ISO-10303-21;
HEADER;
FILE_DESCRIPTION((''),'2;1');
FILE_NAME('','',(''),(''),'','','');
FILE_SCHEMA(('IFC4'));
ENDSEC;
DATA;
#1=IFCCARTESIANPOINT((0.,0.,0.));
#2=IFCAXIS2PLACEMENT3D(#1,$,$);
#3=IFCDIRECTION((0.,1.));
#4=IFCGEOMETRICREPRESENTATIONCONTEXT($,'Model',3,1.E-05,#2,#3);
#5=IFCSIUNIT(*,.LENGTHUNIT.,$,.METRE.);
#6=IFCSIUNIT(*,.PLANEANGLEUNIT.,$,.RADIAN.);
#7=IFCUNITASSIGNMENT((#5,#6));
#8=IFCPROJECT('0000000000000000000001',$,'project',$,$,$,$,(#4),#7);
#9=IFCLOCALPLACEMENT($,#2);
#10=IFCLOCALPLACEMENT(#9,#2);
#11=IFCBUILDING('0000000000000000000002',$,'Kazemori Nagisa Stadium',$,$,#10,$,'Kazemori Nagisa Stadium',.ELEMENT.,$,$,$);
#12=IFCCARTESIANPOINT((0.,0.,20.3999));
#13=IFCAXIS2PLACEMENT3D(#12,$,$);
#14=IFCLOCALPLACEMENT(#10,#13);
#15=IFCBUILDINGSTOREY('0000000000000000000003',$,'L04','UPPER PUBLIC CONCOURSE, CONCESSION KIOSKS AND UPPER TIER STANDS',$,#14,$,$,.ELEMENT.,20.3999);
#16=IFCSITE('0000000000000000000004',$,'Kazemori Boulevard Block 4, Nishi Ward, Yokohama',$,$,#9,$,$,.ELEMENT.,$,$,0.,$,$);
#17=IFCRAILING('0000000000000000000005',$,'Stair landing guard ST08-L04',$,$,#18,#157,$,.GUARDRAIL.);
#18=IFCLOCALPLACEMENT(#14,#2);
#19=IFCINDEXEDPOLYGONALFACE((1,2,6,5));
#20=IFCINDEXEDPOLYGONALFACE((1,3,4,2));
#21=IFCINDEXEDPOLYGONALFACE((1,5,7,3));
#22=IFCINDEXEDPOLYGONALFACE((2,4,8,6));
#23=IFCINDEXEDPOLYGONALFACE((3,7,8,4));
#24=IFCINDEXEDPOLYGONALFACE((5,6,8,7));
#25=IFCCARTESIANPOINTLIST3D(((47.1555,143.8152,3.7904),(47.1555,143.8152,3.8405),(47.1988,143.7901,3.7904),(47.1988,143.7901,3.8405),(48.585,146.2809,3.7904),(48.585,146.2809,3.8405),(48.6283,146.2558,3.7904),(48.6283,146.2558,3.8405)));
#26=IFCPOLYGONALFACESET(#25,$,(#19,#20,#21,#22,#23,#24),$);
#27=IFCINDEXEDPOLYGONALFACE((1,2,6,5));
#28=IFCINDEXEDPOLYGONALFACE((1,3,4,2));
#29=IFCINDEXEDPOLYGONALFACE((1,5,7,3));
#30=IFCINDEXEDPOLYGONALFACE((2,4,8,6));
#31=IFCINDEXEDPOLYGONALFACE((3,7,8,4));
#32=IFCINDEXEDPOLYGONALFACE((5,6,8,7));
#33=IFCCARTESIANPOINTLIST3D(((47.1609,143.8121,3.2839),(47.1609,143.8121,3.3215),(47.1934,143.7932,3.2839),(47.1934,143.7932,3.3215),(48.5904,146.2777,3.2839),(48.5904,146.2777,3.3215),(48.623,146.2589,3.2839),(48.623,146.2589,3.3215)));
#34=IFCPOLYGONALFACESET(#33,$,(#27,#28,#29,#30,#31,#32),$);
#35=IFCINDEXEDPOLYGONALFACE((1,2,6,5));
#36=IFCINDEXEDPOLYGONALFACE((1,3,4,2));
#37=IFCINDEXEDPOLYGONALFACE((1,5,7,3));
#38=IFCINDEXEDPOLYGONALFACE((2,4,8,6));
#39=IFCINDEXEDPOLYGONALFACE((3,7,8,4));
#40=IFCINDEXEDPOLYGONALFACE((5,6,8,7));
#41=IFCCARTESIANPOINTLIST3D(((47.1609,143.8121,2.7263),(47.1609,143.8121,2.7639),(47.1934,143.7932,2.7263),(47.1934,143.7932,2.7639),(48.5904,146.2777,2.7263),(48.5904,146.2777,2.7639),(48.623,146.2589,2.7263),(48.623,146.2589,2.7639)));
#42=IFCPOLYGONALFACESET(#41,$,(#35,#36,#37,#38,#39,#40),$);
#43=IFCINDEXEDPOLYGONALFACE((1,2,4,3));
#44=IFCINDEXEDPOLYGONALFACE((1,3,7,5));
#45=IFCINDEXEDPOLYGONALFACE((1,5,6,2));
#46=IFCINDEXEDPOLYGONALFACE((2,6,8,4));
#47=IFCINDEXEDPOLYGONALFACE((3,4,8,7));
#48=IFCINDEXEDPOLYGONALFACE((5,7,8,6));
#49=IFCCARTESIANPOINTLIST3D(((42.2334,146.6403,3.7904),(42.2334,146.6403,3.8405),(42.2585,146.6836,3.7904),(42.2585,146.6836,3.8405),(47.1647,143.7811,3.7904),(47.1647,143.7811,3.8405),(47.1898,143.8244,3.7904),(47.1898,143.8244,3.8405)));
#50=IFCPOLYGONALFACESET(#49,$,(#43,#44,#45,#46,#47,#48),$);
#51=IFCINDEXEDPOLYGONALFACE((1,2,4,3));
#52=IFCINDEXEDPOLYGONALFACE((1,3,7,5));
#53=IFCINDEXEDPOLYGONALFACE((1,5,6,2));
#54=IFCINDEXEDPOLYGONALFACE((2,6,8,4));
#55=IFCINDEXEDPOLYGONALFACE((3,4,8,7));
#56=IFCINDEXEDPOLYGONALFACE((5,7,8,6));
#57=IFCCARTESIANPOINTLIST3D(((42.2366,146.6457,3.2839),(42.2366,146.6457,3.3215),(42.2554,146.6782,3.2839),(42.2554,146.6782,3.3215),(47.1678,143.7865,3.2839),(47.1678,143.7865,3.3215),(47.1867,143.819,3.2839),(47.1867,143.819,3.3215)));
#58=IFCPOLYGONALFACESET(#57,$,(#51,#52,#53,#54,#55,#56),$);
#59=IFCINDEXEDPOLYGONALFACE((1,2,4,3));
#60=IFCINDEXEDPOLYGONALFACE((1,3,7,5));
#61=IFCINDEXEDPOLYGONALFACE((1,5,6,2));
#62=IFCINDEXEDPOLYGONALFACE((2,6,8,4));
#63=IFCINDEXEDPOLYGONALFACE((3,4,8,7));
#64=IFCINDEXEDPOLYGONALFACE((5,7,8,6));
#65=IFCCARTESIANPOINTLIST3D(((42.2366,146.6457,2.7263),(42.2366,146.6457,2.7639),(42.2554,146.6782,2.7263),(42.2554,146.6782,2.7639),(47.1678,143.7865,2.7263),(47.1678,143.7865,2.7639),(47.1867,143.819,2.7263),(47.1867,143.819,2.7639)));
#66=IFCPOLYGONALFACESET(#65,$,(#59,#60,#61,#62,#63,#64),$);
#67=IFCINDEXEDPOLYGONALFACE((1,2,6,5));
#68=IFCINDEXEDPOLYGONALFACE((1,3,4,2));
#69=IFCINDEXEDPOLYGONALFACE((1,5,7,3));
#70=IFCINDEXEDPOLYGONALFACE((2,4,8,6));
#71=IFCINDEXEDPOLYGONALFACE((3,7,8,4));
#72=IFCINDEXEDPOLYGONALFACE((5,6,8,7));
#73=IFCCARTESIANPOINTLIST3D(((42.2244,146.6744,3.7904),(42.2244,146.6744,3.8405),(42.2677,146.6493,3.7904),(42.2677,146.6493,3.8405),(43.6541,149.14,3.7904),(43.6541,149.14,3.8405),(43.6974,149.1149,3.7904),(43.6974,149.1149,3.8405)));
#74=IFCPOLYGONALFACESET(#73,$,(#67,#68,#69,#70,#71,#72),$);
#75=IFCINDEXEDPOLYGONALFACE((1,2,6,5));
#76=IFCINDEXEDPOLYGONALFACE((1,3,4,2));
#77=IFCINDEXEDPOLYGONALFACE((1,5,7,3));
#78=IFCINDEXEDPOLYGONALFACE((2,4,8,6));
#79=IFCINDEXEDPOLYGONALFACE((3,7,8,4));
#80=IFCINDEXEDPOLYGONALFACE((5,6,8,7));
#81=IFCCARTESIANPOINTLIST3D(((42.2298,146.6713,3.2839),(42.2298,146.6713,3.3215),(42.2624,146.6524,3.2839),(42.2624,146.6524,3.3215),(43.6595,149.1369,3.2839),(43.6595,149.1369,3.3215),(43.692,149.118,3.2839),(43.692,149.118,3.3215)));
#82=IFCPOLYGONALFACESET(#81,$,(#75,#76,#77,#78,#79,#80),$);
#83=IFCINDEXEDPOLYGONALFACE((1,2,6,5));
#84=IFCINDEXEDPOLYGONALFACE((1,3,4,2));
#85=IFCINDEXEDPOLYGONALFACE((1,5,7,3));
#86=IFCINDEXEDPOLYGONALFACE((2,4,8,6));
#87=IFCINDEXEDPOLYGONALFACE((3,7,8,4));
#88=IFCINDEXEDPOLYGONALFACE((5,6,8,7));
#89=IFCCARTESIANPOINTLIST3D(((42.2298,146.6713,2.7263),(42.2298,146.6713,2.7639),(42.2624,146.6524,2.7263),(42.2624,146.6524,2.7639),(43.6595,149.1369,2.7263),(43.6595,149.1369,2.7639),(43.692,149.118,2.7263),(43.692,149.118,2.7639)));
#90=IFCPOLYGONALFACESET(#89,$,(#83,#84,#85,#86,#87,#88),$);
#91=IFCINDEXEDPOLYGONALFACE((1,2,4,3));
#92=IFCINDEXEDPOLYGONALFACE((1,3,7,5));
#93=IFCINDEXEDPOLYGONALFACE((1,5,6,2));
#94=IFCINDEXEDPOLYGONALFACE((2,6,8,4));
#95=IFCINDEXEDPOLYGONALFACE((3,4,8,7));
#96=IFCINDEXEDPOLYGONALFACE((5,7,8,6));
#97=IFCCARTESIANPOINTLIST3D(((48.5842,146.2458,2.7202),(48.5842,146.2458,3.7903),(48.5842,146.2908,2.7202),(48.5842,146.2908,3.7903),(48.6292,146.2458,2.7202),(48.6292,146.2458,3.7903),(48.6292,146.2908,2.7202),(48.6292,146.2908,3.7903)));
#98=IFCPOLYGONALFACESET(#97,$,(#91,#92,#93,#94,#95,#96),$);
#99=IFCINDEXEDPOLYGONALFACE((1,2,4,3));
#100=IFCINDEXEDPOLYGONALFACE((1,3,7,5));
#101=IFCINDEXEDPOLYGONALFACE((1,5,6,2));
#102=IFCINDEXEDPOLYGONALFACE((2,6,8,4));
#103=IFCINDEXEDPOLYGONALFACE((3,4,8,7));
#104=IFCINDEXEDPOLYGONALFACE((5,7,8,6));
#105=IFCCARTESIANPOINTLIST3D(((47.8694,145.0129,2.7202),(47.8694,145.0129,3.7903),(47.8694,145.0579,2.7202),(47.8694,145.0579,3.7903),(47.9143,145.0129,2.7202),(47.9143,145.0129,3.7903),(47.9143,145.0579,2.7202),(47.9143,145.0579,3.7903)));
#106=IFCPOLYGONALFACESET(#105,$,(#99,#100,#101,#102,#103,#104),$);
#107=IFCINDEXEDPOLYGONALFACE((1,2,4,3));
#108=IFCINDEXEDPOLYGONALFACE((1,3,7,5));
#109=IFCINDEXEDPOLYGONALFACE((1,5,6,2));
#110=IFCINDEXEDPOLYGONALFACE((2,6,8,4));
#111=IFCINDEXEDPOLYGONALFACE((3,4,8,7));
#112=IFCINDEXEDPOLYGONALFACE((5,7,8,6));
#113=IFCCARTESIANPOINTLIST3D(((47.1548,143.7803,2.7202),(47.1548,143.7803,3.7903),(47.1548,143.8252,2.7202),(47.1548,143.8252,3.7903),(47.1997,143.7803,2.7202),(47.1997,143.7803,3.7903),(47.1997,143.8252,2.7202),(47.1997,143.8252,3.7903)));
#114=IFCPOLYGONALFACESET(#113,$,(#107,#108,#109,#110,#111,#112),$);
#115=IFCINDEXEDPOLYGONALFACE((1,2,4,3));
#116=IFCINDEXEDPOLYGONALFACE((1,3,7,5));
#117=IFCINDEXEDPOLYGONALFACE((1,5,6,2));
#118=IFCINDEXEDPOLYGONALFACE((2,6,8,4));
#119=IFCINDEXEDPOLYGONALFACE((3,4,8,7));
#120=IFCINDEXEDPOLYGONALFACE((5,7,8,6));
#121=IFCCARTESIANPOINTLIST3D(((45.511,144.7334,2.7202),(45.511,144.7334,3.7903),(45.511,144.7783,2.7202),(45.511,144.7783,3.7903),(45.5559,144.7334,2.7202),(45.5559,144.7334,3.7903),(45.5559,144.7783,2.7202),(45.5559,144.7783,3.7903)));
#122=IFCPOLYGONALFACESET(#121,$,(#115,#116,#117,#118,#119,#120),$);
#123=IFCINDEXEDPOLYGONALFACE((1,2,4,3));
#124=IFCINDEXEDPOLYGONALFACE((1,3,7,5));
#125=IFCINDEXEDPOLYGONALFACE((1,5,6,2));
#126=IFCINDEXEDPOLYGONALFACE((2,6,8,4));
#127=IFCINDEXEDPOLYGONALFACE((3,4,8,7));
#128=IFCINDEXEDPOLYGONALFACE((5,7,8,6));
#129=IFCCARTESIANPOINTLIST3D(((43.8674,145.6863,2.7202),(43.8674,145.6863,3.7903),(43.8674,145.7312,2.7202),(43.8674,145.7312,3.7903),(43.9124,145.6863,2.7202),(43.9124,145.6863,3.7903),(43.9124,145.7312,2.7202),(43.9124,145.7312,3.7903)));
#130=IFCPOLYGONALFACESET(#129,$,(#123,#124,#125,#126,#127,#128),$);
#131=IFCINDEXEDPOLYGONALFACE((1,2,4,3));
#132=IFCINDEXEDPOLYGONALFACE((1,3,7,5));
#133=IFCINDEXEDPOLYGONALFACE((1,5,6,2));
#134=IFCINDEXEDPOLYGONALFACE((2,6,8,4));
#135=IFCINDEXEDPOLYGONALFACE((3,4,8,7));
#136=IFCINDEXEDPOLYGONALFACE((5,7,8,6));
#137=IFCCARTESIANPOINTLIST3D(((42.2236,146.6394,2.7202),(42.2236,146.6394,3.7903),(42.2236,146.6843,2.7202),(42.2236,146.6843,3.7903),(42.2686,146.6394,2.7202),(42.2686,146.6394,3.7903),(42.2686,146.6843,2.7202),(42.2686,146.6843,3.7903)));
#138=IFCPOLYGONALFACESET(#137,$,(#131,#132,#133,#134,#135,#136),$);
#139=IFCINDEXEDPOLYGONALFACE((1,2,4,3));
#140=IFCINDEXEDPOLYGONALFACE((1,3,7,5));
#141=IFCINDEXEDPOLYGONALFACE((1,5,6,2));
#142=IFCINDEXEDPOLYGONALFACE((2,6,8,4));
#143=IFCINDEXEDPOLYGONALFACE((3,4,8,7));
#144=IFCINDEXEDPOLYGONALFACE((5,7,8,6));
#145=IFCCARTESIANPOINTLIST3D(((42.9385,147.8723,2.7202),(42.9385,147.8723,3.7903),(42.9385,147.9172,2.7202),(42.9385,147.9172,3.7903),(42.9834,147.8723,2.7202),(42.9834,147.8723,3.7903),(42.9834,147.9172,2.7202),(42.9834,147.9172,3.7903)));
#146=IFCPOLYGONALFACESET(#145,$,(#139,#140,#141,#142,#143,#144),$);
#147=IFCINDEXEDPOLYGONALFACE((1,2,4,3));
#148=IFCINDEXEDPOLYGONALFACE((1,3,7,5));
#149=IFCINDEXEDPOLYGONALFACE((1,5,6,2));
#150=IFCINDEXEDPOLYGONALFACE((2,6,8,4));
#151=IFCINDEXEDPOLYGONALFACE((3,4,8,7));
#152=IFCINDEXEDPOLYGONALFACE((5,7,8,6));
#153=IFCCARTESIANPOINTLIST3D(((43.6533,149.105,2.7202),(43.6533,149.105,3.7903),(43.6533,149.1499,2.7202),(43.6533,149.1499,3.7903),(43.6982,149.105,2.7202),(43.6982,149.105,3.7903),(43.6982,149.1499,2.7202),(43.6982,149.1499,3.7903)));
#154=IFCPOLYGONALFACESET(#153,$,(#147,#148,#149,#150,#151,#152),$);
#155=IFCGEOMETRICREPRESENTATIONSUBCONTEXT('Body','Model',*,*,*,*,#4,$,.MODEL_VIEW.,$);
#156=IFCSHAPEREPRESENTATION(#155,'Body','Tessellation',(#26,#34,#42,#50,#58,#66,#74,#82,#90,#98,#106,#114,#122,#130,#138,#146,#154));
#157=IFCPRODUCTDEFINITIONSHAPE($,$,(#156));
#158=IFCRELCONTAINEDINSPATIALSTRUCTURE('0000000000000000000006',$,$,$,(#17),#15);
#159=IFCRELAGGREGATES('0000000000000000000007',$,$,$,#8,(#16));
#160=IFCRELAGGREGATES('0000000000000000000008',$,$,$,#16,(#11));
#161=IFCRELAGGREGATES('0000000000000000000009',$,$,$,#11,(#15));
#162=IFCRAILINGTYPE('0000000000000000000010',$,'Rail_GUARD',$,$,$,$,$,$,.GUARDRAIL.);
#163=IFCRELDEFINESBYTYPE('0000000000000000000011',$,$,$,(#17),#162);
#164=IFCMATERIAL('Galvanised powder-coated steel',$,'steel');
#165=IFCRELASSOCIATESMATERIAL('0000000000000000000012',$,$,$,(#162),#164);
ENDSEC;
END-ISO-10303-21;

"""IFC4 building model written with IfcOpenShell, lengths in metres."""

from ifc_helpers import new_model, si_unit, direction, frame, origin, origin_2d, place, context, subcontext, project, spatial, rectangle, extrude, material, type_object, element, save


model = new_model("IFC4")

# Units and contexts
model_context = context("Model", 3, precision=1e-05, world=origin(), true_north=direction((0.0, 1.0)))
body_context = subcontext(model_context, "Body", "Model", "MODEL_VIEW")
ifc_project = project(units=[si_unit("LENGTHUNIT", "METRE"), si_unit("PLANEANGLEUNIT", "RADIAN")], contexts=[model_context])

# Site, building, storey
site_placement = place(None, origin())
site = spatial("IfcSite", under=ifc_project, at=site_placement, Name="Kazemori Boulevard Block 4, Nishi Ward, Yokohama", CompositionType="ELEMENT", RefElevation=0.0)
building_placement = place(site_placement, origin())
building = spatial("IfcBuilding", under=site, at=building_placement, Name="Kazemori Nagisa Stadium", LongName="Kazemori Nagisa Stadium", CompositionType="ELEMENT")
storey_placement = place(building_placement, frame((0.0, 0.0, 20.3999)))
storey = spatial("IfcBuildingStorey", under=building, at=storey_placement, Name="L04", Description="UPPER PUBLIC CONCOURSE, CONCESSION KIOSKS AND UPPER TIER STANDS", CompositionType="ELEMENT", Elevation=20.3999)

# Railing
ifc_material_1 = material(Name="Galvanised powder-coated steel", Category="steel")
railing_type_1 = type_object("IfcRailingType", Name="Rail_GUARD", PredefinedType="GUARDRAIL", material=ifc_material_1)
railing_1_placement = place(storey_placement, frame((48.6067, 146.2683, 2.7202)))
element("IfcRailing", 1, at=railing_1_placement, inside=storey, type_object=railing_type_1, Name="Stair landing guard ST08-L04", PredefinedType="GUARDRAIL", context=body_context, shape_type="SweptSolid", body=[
    extrude(rectangle(XDim=0.05, YDim=0.05, at=origin_2d()), frame((0.0, 0.0, 1.0952), z_axis=(-0.501563, -0.865121, 0.0), x_axis=(0.865121, -0.501563, 0.0)), (0.0, 0.0, 1.0), 2.8501),
    extrude(rectangle(XDim=0.0376, YDim=0.0376, at=origin_2d()), frame((0.0, 0.0, 0.5825), z_axis=(-0.501563, -0.865121, 0.0), x_axis=(0.865121, -0.501563, 0.0)), (0.0, 0.0, 1.0), 2.8501),
    extrude(rectangle(XDim=0.0376, YDim=0.0376, at=origin_2d()), frame((0.0, 0.0, 0.0249), z_axis=(-0.501563, -0.865121, 0.0), x_axis=(0.865121, -0.501563, 0.0)), (0.0, 0.0, 1.0), 2.8501),
    extrude(rectangle(XDim=0.05, YDim=0.05, at=origin_2d()), frame((-1.4294, -2.4656, 1.0952), z_axis=(-0.865103, 0.501595, 0.0), x_axis=(-0.501595, -0.865103, 0.0)), (0.0, 0.0, 1.0), 5.7002),
    extrude(rectangle(XDim=0.0376, YDim=0.0376, at=origin_2d()), frame((-1.4294, -2.4656, 0.5825), z_axis=(-0.865103, 0.501595, 0.0), x_axis=(-0.501595, -0.865103, 0.0)), (0.0, 0.0, 1.0), 5.7002),
    extrude(rectangle(XDim=0.0376, YDim=0.0376, at=origin_2d()), frame((-1.4294, -2.4656, 0.0249), z_axis=(-0.865103, 0.501595, 0.0), x_axis=(-0.501595, -0.865103, 0.0)), (0.0, 0.0, 1.0), 5.7002),
    extrude(rectangle(XDim=0.05, YDim=0.05, at=origin_2d()), frame((-6.3606, 0.3936, 1.0952), z_axis=(0.501627, 0.865084, 0.0), x_axis=(-0.865084, 0.501627, 0.0)), (0.0, 0.0, 1.0), 2.8501),
    extrude(rectangle(XDim=0.0376, YDim=0.0376, at=origin_2d()), frame((-6.3606, 0.3936, 0.5825), z_axis=(0.501627, 0.865084, 0.0), x_axis=(-0.865084, 0.501627, 0.0)), (0.0, 0.0, 1.0), 2.8501),
    extrude(rectangle(XDim=0.0376, YDim=0.0376, at=origin_2d()), frame((-6.3606, 0.3936, 0.0249), z_axis=(0.501627, 0.865084, 0.0), x_axis=(-0.865084, 0.501627, 0.0)), (0.0, 0.0, 1.0), 2.8501),
    extrude(rectangle(XDim=0.0449, YDim=0.0449, at=origin_2d()), origin(), (0.0, 0.0, 1.0), 1.0701),
    extrude(rectangle(XDim=0.0449, YDim=0.0449, at=origin_2d()), frame((-0.7148, -1.2329, 0.0)), (0.0, 0.0, 1.0), 1.0701),
    extrude(rectangle(XDim=0.0449, YDim=0.0449, at=origin_2d()), frame((-1.4294, -2.4656, 0.0)), (0.0, 0.0, 1.0), 1.0701),
    extrude(rectangle(XDim=0.0449, YDim=0.0449, at=origin_2d()), frame((-3.0732, -1.5125, 0.0)), (0.0, 0.0, 1.0), 1.0701),
    extrude(rectangle(XDim=0.0449, YDim=0.0449, at=origin_2d()), frame((-4.7168, -0.5596, 0.0)), (0.0, 0.0, 1.0), 1.0701),
    extrude(rectangle(XDim=0.0449, YDim=0.0449, at=origin_2d()), frame((-6.3606, 0.3936, 0.0)), (0.0, 0.0, 1.0), 1.0701),
    extrude(rectangle(XDim=0.0449, YDim=0.0449, at=origin_2d()), frame((-5.6458, 1.6265, 0.0)), (0.0, 0.0, 1.0), 1.0701),
    extrude(rectangle(XDim=0.0449, YDim=0.0449, at=origin_2d()), frame((-4.9309, 2.8591, 0.0)), (0.0, 0.0, 1.0), 1.0701),
])

save(model, "model.ifc")
